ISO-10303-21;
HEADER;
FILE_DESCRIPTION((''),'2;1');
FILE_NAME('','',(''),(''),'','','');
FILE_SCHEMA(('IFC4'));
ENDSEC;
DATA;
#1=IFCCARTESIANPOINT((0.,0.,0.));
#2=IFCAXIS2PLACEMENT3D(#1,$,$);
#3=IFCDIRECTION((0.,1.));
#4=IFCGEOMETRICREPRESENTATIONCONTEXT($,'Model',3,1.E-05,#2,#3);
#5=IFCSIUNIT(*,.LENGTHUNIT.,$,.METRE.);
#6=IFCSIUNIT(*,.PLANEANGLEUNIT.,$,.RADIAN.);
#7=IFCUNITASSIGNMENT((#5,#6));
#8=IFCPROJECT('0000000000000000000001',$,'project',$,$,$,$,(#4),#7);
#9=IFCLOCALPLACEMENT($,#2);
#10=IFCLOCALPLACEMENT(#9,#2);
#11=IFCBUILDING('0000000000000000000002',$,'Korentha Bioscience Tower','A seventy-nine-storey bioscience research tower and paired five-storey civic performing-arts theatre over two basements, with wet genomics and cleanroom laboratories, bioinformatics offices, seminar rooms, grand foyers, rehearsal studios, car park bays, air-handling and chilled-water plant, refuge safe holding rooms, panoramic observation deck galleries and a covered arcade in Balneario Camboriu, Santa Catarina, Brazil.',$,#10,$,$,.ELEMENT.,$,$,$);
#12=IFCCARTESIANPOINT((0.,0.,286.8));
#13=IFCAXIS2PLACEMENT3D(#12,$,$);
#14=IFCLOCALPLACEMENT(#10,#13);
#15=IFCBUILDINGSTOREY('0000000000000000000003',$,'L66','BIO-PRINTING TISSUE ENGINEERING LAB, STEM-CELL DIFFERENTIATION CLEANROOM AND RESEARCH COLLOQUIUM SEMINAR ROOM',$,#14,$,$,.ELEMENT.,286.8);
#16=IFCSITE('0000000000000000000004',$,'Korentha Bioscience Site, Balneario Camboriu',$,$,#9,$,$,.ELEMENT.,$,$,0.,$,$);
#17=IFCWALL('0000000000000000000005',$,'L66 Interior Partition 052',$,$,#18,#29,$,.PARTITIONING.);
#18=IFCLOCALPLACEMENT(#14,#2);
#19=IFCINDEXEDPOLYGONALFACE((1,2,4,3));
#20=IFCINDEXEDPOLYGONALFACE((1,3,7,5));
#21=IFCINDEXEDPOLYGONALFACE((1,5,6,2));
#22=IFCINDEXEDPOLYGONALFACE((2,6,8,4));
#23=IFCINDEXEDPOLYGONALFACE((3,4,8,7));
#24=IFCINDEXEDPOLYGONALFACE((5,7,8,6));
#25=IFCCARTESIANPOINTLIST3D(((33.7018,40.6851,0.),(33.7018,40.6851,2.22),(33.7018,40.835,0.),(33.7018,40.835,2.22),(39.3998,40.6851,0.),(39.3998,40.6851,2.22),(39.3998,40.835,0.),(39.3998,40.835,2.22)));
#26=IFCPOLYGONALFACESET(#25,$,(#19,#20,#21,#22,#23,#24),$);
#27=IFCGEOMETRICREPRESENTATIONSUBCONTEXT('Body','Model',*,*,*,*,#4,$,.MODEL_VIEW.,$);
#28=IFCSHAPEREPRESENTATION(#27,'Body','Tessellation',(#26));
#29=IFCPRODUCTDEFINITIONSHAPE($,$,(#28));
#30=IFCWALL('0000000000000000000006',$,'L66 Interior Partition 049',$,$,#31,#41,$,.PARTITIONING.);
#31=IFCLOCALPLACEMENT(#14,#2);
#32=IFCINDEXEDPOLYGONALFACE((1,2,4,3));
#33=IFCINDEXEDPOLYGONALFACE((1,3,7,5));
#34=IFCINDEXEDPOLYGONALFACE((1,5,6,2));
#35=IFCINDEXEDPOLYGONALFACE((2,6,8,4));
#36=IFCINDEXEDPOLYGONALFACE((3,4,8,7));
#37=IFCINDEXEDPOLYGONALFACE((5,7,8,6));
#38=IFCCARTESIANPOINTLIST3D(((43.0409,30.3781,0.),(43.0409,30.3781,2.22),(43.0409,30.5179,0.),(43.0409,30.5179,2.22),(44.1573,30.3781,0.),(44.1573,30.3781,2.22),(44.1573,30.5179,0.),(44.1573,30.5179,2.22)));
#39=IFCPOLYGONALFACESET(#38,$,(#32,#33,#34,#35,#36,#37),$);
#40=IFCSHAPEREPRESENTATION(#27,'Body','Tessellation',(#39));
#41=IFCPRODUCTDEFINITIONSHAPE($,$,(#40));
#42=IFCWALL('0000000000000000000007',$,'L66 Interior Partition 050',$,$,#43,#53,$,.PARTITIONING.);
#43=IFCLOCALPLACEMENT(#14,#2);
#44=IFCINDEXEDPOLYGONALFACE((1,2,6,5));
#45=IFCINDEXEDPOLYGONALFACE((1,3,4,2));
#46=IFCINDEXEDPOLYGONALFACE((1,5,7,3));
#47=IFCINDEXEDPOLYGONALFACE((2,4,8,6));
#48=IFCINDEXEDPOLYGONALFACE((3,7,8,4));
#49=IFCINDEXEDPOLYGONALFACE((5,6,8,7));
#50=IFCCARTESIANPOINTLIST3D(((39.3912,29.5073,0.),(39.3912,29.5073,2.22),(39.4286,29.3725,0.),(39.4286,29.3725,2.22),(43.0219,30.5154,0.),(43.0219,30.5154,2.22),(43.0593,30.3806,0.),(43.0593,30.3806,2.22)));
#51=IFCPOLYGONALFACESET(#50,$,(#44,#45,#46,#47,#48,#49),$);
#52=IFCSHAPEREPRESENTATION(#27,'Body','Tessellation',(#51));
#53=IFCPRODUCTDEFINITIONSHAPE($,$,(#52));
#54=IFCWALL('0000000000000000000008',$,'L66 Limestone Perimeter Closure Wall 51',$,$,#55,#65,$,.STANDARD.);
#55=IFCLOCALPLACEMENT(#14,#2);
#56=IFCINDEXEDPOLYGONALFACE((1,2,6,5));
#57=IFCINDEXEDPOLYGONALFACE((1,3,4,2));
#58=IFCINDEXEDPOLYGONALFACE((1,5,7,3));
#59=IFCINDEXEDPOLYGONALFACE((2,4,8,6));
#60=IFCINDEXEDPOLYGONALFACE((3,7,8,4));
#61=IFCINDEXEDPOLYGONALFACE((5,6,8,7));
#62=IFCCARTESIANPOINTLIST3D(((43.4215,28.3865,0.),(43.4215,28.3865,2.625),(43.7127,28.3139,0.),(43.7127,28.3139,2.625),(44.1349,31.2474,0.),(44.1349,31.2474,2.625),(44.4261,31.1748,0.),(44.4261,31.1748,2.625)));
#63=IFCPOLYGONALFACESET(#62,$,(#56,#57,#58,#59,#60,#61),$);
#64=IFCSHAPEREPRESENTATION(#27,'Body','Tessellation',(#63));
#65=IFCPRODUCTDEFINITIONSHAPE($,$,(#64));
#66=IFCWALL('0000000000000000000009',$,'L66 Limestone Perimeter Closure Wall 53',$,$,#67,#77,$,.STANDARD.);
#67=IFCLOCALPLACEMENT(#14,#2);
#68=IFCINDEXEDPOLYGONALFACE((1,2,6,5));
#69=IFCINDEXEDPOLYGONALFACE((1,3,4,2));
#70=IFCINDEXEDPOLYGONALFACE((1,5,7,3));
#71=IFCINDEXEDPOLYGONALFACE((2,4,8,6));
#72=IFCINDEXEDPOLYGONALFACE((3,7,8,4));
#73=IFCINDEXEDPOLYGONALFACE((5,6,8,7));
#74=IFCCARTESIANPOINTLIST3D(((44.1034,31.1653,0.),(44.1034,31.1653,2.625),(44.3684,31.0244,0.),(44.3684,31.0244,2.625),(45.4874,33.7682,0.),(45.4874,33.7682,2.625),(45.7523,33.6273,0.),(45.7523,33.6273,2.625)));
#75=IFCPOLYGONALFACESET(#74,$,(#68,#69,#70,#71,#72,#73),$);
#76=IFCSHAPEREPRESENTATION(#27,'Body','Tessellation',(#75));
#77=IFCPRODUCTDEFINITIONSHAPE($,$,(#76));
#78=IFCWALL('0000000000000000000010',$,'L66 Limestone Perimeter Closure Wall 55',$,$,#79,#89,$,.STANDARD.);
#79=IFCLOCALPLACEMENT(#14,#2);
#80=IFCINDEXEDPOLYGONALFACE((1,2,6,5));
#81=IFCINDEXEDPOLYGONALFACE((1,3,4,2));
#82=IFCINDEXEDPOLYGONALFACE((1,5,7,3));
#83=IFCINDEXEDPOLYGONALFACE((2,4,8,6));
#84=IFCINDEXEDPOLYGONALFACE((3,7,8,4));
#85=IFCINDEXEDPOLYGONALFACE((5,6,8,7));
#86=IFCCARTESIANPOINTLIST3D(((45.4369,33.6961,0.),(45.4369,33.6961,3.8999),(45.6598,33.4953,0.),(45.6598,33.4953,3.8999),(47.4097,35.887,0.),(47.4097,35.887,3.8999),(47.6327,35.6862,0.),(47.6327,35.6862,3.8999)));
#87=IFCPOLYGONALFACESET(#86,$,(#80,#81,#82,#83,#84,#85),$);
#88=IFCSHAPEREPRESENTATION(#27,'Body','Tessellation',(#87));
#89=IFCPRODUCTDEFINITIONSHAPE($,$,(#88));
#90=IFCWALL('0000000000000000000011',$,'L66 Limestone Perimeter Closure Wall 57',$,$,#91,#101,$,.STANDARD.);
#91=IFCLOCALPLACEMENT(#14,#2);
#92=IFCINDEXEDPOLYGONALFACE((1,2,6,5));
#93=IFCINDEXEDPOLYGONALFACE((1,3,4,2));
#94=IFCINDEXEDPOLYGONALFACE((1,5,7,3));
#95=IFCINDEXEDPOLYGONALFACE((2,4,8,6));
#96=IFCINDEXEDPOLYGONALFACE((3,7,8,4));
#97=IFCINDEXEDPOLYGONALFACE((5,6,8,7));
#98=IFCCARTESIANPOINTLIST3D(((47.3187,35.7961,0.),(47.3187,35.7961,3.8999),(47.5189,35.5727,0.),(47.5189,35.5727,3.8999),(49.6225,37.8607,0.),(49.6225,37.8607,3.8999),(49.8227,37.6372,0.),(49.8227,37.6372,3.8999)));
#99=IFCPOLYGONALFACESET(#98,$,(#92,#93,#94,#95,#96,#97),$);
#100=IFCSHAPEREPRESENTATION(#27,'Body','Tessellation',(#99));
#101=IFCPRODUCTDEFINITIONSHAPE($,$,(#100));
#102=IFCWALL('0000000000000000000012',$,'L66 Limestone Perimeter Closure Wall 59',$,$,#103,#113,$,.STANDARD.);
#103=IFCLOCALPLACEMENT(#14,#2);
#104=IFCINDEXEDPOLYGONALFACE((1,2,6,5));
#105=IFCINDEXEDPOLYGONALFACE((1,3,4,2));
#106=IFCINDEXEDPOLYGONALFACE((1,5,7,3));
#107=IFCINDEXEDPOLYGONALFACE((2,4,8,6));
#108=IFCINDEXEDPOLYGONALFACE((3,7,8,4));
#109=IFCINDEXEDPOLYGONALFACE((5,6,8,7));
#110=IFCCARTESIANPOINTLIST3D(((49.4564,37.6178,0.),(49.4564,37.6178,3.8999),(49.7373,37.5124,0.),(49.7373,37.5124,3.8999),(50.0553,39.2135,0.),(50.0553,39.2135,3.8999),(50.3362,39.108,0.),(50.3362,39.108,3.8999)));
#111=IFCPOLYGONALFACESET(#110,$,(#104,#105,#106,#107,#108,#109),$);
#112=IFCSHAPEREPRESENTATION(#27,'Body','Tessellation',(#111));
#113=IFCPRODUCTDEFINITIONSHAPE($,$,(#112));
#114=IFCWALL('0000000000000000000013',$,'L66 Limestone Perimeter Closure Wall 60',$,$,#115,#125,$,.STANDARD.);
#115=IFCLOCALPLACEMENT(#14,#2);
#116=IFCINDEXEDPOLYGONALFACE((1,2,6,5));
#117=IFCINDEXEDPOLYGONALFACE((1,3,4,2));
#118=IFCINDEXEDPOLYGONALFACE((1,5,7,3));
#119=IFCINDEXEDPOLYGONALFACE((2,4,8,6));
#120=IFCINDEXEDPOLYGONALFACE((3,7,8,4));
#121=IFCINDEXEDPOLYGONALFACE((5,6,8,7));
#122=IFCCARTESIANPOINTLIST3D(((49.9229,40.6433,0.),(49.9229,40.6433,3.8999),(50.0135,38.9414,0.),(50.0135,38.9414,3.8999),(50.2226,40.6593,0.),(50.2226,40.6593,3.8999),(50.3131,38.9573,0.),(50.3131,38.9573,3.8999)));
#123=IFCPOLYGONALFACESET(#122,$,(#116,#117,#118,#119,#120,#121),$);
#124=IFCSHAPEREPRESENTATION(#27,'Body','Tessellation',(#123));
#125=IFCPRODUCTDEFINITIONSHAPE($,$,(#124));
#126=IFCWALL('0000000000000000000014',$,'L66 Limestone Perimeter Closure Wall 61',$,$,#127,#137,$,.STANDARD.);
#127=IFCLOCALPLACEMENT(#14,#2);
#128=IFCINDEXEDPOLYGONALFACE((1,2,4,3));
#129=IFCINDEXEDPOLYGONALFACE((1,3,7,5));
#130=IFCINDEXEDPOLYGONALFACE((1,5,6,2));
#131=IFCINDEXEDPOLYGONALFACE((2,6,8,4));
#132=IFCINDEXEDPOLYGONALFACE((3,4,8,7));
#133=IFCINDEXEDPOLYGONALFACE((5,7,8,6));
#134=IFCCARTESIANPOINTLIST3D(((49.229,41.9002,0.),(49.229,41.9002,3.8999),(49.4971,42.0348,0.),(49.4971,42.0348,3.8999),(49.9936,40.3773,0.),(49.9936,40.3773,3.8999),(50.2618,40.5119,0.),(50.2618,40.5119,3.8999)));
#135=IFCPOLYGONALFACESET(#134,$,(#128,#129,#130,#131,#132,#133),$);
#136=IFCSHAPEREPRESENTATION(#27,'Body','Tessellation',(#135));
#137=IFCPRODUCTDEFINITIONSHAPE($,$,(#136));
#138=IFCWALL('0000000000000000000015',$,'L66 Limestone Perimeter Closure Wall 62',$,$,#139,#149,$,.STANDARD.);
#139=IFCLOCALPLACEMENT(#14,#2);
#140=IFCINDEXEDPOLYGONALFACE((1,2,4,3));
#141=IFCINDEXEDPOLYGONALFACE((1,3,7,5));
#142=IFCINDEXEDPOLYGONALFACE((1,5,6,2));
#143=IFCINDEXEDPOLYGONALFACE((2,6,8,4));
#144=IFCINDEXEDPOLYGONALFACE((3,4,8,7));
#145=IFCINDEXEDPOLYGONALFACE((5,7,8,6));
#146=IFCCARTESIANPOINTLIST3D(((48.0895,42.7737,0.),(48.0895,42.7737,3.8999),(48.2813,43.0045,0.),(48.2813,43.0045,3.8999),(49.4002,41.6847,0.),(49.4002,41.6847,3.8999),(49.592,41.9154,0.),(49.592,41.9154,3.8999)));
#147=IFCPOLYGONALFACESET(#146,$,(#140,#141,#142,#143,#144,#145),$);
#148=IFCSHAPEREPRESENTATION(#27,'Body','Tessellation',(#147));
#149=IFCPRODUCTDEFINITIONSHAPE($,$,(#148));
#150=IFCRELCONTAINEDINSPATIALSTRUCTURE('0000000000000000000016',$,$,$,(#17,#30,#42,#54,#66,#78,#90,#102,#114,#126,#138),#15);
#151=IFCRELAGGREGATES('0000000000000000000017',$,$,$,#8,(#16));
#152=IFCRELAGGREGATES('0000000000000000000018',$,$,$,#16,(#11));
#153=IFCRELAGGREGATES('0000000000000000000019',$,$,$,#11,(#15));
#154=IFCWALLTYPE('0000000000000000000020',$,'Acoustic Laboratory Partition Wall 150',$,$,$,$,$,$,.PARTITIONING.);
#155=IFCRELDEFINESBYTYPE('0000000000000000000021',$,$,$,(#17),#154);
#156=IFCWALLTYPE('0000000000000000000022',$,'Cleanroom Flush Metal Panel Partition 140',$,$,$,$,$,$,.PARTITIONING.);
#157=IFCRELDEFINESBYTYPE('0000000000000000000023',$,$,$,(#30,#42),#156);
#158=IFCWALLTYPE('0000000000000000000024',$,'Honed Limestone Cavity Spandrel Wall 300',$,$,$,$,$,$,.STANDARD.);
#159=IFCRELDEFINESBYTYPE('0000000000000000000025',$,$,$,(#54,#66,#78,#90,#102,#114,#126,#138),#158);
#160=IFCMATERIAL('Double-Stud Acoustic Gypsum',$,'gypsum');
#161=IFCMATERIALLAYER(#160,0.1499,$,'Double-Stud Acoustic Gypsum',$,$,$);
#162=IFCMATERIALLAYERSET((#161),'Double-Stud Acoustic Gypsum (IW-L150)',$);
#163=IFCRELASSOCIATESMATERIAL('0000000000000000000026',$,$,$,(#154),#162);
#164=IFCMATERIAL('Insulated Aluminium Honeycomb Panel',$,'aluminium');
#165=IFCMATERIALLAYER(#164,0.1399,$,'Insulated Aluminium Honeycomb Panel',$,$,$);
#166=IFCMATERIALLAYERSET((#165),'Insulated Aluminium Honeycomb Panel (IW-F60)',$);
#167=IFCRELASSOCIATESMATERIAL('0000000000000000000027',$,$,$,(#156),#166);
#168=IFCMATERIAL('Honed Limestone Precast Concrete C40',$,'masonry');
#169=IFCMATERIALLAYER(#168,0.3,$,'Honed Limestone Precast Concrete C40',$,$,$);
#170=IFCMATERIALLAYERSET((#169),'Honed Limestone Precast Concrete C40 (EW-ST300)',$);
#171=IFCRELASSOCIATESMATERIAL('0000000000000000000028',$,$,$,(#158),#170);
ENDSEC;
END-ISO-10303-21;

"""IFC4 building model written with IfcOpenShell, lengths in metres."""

from ifc_helpers import new_model, si_unit, direction, frame, frame_2d, origin, place, context, subcontext, project, spatial, rectangle, extrude, material, layer, layer_set, type_object, element, save


model = new_model("IFC4")

# Units and contexts
model_context = context("Model", 3, precision=1e-05, world=origin(), true_north=direction((0.0, 1.0)))
body_context = subcontext(model_context, "Body", "Model", "MODEL_VIEW")
ifc_project = project(units=[si_unit("LENGTHUNIT", "METRE"), si_unit("PLANEANGLEUNIT", "RADIAN")], contexts=[model_context])

# Site, building, storey
site_placement = place(None, origin())
site = spatial("IfcSite", under=ifc_project, at=site_placement, Name="Korentha Bioscience Site, Balneario Camboriu", CompositionType="ELEMENT", RefElevation=0.0)
building_placement = place(site_placement, origin())
building = spatial("IfcBuilding", under=site, at=building_placement, Name="Korentha Bioscience Tower", Description="A seventy-nine-storey bioscience research tower and paired five-storey civic performing-arts theatre over two basements, with wet genomics and cleanroom laboratories, bioinformatics offices, seminar rooms, grand foyers, rehearsal studios, car park bays, air-handling and chilled-water plant, refuge safe holding rooms, panoramic observation deck galleries and a covered arcade in Balneario Camboriu, Santa Catarina, Brazil.", CompositionType="ELEMENT")
storey_placement = place(building_placement, frame((0.0, 0.0, 286.8)))
storey = spatial("IfcBuildingStorey", under=building, at=storey_placement, Name="L66", Description="BIO-PRINTING TISSUE ENGINEERING LAB, STEM-CELL DIFFERENTIATION CLEANROOM AND RESEARCH COLLOQUIUM SEMINAR ROOM", CompositionType="ELEMENT", Elevation=286.8)

# Shared definitions
ifc_material_1 = material(Name="Double-Stud Acoustic Gypsum", Category="gypsum")
ifc_layer_1 = layer(ifc_material_1, 0.1499, Name="Double-Stud Acoustic Gypsum")
ifc_layer_set_1 = layer_set([ifc_layer_1], Name="Double-Stud Acoustic Gypsum (IW-L150)")
wall_type_1 = type_object("IfcWallType", Name="Acoustic Laboratory Partition Wall 150", PredefinedType="PARTITIONING", material=ifc_layer_set_1)

# Walls
wall_1_placement = place(storey_placement, frame((39.3999, 40.76, 0.0), z_axis=(0.0, 0.0, 1.0), x_axis=(-1.0, 0.0, 0.0)))
element("IfcWall", 1, at=wall_1_placement, inside=storey, type_object=wall_type_1, Name="L66 Interior Partition 052", PredefinedType="PARTITIONING", context=body_context, shape_type="SweptSolid", body=[
    extrude(rectangle(XDim=5.698, YDim=0.1499, at=frame_2d((2.8491, 0.0))), origin(), (0.0, 0.0, 1.0), 2.22),
])
ifc_material_2 = material(Name="Insulated Aluminium Honeycomb Panel", Category="aluminium")
ifc_layer_2 = layer(ifc_material_2, 0.1399, Name="Insulated Aluminium Honeycomb Panel")
ifc_layer_set_2 = layer_set([ifc_layer_2], Name="Insulated Aluminium Honeycomb Panel (IW-F60)")
wall_type_2 = type_object("IfcWallType", Name="Cleanroom Flush Metal Panel Partition 140", PredefinedType="PARTITIONING", material=ifc_layer_set_2)
wall_2_placement = place(storey_placement, frame((43.041, 30.448, 0.0), z_axis=(0.0, 0.0, 1.0), x_axis=(1.0, 0.0, 0.0)))
element("IfcWall", 2, at=wall_2_placement, inside=storey, type_object=wall_type_2, Name="L66 Interior Partition 049", PredefinedType="PARTITIONING", context=body_context, shape_type="SweptSolid", body=[
    extrude(rectangle(XDim=1.1165, YDim=0.1399, at=frame_2d((0.5581, 0.0))), origin(), (0.0, 0.0, 1.0), 2.22),
])
wall_3_placement = place(storey_placement, frame((39.4099, 29.4399, 0.0), z_axis=(0.0, 0.0, 1.0), x_axis=(0.963549, 0.267534, 0.0)))
element("IfcWall", 3, at=wall_3_placement, inside=storey, type_object=wall_type_2, Name="L66 Interior Partition 050", PredefinedType="PARTITIONING", context=body_context, shape_type="SweptSolid", body=[
    extrude(rectangle(XDim=3.7681, YDim=0.1399, at=frame_2d((1.884, 0.0))), origin(), (0.0, 0.0, 1.0), 2.22),
])
ifc_material_3 = material(Name="Honed Limestone Precast Concrete C40", Category="masonry")
ifc_layer_3 = layer(ifc_material_3, 0.3, Name="Honed Limestone Precast Concrete C40")
ifc_layer_set_3 = layer_set([ifc_layer_3], Name="Honed Limestone Precast Concrete C40 (EW-ST300)")
wall_type_3 = type_object("IfcWallType", Name="Honed Limestone Cavity Spandrel Wall 300", PredefinedType="STANDARD", material=ifc_layer_set_3)
wall_4_placement = place(storey_placement, frame((43.5671, 28.3503, 0.0), z_axis=(0.0, 0.0, 1.0), x_axis=(0.241951, 0.970288, 0.0)))
element("IfcWall", 4, at=wall_4_placement, inside=storey, type_object=wall_type_3, Name="L66 Limestone Perimeter Closure Wall 51", PredefinedType="STANDARD", context=body_context, shape_type="SweptSolid", body=[
    extrude(rectangle(XDim=2.9485, YDim=0.3, at=frame_2d((1.4741, 0.0))), origin(), (0.0, 0.0, 1.0), 2.625),
])
wall_5_placement = place(storey_placement, frame((44.2358, 31.0947, 0.0), z_axis=(0.0, 0.0, 1.0), x_axis=(0.469466, 0.882951, 0.0)))
element("IfcWall", 5, at=wall_5_placement, inside=storey, type_object=wall_type_3, Name="L66 Limestone Perimeter Closure Wall 53", PredefinedType="STANDARD", context=body_context, shape_type="SweptSolid", body=[
    extrude(rectangle(XDim=2.948, YDim=0.3, at=frame_2d((1.4741, 0.0))), origin(), (0.0, 0.0, 1.0), 2.625),
])
wall_6_placement = place(storey_placement, frame((45.5483, 33.5957, 0.0), z_axis=(0.0, 0.0, 1.0), x_axis=(0.669166, 0.743113, 0.0)))
element("IfcWall", 6, at=wall_6_placement, inside=storey, type_object=wall_type_3, Name="L66 Limestone Perimeter Closure Wall 55", PredefinedType="STANDARD", context=body_context, shape_type="SweptSolid", body=[
    extrude(rectangle(XDim=2.9482, YDim=0.3, at=frame_2d((1.4741, 0.0))), origin(), (0.0, 0.0, 1.0), 3.8999),
])
wall_7_placement = place(storey_placement, frame((47.4187, 35.6843, 0.0), z_axis=(0.0, 0.0, 1.0), x_axis=(0.744721, 0.667376, 0.0)))
element("IfcWall", 7, at=wall_7_placement, inside=storey, type_object=wall_type_3, Name="L66 Limestone Perimeter Closure Wall 57", PredefinedType="STANDARD", context=body_context, shape_type="SweptSolid", body=[
    extrude(rectangle(XDim=3.0935, YDim=0.3, at=frame_2d((1.5469, 0.0))), origin(), (0.0, 0.0, 1.0), 3.8999),
])
for number, where, z_axis, x_axis, name in (
    (8, (49.5969, 37.5652, 0.0), (0.0, 0.0, 1.0), (0.351375, 0.936235, 0.0), "L66 Limestone Perimeter Closure Wall 59"),
    (9, (50.1633, 38.9495, 0.0), (0.0, 0.0, 1.0), (-0.053145, 0.998587, 0.0), "L66 Limestone Perimeter Closure Wall 60"),
):
    element("IfcWall", number, at=place(storey_placement, frame(where, z_axis=z_axis, x_axis=x_axis)), inside=storey, type_object=wall_type_3, Name=name, PredefinedType="STANDARD", context=body_context, shape_type="SweptSolid", body=[
        extrude(rectangle(XDim=1.7043, YDim=0.3, at=frame_2d((0.8521, 0.0))), origin(), (0.0, 0.0, 1.0), 3.8999),
    ])
for number, where, z_axis, x_axis, name in (
    (10, (50.1277, 40.4446, 0.0), (0.0, 0.0, 1.0), (-0.448703, 0.893681, 0.0), "L66 Limestone Perimeter Closure Wall 61"),
    (11, (49.4961, 41.8, 0.0), (0.0, 0.0, 1.0), (-0.769148, 0.639071, 0.0), "L66 Limestone Perimeter Closure Wall 62"),
):
    element("IfcWall", number, at=place(storey_placement, frame(where, z_axis=z_axis, x_axis=x_axis)), inside=storey, type_object=wall_type_3, Name=name, PredefinedType="STANDARD", context=body_context, shape_type="SweptSolid", body=[
        extrude(rectangle(XDim=1.7041, YDim=0.3, at=frame_2d((0.8521, 0.0))), origin(), (0.0, 0.0, 1.0), 3.8999),
    ])

save(model, "model.ifc")
